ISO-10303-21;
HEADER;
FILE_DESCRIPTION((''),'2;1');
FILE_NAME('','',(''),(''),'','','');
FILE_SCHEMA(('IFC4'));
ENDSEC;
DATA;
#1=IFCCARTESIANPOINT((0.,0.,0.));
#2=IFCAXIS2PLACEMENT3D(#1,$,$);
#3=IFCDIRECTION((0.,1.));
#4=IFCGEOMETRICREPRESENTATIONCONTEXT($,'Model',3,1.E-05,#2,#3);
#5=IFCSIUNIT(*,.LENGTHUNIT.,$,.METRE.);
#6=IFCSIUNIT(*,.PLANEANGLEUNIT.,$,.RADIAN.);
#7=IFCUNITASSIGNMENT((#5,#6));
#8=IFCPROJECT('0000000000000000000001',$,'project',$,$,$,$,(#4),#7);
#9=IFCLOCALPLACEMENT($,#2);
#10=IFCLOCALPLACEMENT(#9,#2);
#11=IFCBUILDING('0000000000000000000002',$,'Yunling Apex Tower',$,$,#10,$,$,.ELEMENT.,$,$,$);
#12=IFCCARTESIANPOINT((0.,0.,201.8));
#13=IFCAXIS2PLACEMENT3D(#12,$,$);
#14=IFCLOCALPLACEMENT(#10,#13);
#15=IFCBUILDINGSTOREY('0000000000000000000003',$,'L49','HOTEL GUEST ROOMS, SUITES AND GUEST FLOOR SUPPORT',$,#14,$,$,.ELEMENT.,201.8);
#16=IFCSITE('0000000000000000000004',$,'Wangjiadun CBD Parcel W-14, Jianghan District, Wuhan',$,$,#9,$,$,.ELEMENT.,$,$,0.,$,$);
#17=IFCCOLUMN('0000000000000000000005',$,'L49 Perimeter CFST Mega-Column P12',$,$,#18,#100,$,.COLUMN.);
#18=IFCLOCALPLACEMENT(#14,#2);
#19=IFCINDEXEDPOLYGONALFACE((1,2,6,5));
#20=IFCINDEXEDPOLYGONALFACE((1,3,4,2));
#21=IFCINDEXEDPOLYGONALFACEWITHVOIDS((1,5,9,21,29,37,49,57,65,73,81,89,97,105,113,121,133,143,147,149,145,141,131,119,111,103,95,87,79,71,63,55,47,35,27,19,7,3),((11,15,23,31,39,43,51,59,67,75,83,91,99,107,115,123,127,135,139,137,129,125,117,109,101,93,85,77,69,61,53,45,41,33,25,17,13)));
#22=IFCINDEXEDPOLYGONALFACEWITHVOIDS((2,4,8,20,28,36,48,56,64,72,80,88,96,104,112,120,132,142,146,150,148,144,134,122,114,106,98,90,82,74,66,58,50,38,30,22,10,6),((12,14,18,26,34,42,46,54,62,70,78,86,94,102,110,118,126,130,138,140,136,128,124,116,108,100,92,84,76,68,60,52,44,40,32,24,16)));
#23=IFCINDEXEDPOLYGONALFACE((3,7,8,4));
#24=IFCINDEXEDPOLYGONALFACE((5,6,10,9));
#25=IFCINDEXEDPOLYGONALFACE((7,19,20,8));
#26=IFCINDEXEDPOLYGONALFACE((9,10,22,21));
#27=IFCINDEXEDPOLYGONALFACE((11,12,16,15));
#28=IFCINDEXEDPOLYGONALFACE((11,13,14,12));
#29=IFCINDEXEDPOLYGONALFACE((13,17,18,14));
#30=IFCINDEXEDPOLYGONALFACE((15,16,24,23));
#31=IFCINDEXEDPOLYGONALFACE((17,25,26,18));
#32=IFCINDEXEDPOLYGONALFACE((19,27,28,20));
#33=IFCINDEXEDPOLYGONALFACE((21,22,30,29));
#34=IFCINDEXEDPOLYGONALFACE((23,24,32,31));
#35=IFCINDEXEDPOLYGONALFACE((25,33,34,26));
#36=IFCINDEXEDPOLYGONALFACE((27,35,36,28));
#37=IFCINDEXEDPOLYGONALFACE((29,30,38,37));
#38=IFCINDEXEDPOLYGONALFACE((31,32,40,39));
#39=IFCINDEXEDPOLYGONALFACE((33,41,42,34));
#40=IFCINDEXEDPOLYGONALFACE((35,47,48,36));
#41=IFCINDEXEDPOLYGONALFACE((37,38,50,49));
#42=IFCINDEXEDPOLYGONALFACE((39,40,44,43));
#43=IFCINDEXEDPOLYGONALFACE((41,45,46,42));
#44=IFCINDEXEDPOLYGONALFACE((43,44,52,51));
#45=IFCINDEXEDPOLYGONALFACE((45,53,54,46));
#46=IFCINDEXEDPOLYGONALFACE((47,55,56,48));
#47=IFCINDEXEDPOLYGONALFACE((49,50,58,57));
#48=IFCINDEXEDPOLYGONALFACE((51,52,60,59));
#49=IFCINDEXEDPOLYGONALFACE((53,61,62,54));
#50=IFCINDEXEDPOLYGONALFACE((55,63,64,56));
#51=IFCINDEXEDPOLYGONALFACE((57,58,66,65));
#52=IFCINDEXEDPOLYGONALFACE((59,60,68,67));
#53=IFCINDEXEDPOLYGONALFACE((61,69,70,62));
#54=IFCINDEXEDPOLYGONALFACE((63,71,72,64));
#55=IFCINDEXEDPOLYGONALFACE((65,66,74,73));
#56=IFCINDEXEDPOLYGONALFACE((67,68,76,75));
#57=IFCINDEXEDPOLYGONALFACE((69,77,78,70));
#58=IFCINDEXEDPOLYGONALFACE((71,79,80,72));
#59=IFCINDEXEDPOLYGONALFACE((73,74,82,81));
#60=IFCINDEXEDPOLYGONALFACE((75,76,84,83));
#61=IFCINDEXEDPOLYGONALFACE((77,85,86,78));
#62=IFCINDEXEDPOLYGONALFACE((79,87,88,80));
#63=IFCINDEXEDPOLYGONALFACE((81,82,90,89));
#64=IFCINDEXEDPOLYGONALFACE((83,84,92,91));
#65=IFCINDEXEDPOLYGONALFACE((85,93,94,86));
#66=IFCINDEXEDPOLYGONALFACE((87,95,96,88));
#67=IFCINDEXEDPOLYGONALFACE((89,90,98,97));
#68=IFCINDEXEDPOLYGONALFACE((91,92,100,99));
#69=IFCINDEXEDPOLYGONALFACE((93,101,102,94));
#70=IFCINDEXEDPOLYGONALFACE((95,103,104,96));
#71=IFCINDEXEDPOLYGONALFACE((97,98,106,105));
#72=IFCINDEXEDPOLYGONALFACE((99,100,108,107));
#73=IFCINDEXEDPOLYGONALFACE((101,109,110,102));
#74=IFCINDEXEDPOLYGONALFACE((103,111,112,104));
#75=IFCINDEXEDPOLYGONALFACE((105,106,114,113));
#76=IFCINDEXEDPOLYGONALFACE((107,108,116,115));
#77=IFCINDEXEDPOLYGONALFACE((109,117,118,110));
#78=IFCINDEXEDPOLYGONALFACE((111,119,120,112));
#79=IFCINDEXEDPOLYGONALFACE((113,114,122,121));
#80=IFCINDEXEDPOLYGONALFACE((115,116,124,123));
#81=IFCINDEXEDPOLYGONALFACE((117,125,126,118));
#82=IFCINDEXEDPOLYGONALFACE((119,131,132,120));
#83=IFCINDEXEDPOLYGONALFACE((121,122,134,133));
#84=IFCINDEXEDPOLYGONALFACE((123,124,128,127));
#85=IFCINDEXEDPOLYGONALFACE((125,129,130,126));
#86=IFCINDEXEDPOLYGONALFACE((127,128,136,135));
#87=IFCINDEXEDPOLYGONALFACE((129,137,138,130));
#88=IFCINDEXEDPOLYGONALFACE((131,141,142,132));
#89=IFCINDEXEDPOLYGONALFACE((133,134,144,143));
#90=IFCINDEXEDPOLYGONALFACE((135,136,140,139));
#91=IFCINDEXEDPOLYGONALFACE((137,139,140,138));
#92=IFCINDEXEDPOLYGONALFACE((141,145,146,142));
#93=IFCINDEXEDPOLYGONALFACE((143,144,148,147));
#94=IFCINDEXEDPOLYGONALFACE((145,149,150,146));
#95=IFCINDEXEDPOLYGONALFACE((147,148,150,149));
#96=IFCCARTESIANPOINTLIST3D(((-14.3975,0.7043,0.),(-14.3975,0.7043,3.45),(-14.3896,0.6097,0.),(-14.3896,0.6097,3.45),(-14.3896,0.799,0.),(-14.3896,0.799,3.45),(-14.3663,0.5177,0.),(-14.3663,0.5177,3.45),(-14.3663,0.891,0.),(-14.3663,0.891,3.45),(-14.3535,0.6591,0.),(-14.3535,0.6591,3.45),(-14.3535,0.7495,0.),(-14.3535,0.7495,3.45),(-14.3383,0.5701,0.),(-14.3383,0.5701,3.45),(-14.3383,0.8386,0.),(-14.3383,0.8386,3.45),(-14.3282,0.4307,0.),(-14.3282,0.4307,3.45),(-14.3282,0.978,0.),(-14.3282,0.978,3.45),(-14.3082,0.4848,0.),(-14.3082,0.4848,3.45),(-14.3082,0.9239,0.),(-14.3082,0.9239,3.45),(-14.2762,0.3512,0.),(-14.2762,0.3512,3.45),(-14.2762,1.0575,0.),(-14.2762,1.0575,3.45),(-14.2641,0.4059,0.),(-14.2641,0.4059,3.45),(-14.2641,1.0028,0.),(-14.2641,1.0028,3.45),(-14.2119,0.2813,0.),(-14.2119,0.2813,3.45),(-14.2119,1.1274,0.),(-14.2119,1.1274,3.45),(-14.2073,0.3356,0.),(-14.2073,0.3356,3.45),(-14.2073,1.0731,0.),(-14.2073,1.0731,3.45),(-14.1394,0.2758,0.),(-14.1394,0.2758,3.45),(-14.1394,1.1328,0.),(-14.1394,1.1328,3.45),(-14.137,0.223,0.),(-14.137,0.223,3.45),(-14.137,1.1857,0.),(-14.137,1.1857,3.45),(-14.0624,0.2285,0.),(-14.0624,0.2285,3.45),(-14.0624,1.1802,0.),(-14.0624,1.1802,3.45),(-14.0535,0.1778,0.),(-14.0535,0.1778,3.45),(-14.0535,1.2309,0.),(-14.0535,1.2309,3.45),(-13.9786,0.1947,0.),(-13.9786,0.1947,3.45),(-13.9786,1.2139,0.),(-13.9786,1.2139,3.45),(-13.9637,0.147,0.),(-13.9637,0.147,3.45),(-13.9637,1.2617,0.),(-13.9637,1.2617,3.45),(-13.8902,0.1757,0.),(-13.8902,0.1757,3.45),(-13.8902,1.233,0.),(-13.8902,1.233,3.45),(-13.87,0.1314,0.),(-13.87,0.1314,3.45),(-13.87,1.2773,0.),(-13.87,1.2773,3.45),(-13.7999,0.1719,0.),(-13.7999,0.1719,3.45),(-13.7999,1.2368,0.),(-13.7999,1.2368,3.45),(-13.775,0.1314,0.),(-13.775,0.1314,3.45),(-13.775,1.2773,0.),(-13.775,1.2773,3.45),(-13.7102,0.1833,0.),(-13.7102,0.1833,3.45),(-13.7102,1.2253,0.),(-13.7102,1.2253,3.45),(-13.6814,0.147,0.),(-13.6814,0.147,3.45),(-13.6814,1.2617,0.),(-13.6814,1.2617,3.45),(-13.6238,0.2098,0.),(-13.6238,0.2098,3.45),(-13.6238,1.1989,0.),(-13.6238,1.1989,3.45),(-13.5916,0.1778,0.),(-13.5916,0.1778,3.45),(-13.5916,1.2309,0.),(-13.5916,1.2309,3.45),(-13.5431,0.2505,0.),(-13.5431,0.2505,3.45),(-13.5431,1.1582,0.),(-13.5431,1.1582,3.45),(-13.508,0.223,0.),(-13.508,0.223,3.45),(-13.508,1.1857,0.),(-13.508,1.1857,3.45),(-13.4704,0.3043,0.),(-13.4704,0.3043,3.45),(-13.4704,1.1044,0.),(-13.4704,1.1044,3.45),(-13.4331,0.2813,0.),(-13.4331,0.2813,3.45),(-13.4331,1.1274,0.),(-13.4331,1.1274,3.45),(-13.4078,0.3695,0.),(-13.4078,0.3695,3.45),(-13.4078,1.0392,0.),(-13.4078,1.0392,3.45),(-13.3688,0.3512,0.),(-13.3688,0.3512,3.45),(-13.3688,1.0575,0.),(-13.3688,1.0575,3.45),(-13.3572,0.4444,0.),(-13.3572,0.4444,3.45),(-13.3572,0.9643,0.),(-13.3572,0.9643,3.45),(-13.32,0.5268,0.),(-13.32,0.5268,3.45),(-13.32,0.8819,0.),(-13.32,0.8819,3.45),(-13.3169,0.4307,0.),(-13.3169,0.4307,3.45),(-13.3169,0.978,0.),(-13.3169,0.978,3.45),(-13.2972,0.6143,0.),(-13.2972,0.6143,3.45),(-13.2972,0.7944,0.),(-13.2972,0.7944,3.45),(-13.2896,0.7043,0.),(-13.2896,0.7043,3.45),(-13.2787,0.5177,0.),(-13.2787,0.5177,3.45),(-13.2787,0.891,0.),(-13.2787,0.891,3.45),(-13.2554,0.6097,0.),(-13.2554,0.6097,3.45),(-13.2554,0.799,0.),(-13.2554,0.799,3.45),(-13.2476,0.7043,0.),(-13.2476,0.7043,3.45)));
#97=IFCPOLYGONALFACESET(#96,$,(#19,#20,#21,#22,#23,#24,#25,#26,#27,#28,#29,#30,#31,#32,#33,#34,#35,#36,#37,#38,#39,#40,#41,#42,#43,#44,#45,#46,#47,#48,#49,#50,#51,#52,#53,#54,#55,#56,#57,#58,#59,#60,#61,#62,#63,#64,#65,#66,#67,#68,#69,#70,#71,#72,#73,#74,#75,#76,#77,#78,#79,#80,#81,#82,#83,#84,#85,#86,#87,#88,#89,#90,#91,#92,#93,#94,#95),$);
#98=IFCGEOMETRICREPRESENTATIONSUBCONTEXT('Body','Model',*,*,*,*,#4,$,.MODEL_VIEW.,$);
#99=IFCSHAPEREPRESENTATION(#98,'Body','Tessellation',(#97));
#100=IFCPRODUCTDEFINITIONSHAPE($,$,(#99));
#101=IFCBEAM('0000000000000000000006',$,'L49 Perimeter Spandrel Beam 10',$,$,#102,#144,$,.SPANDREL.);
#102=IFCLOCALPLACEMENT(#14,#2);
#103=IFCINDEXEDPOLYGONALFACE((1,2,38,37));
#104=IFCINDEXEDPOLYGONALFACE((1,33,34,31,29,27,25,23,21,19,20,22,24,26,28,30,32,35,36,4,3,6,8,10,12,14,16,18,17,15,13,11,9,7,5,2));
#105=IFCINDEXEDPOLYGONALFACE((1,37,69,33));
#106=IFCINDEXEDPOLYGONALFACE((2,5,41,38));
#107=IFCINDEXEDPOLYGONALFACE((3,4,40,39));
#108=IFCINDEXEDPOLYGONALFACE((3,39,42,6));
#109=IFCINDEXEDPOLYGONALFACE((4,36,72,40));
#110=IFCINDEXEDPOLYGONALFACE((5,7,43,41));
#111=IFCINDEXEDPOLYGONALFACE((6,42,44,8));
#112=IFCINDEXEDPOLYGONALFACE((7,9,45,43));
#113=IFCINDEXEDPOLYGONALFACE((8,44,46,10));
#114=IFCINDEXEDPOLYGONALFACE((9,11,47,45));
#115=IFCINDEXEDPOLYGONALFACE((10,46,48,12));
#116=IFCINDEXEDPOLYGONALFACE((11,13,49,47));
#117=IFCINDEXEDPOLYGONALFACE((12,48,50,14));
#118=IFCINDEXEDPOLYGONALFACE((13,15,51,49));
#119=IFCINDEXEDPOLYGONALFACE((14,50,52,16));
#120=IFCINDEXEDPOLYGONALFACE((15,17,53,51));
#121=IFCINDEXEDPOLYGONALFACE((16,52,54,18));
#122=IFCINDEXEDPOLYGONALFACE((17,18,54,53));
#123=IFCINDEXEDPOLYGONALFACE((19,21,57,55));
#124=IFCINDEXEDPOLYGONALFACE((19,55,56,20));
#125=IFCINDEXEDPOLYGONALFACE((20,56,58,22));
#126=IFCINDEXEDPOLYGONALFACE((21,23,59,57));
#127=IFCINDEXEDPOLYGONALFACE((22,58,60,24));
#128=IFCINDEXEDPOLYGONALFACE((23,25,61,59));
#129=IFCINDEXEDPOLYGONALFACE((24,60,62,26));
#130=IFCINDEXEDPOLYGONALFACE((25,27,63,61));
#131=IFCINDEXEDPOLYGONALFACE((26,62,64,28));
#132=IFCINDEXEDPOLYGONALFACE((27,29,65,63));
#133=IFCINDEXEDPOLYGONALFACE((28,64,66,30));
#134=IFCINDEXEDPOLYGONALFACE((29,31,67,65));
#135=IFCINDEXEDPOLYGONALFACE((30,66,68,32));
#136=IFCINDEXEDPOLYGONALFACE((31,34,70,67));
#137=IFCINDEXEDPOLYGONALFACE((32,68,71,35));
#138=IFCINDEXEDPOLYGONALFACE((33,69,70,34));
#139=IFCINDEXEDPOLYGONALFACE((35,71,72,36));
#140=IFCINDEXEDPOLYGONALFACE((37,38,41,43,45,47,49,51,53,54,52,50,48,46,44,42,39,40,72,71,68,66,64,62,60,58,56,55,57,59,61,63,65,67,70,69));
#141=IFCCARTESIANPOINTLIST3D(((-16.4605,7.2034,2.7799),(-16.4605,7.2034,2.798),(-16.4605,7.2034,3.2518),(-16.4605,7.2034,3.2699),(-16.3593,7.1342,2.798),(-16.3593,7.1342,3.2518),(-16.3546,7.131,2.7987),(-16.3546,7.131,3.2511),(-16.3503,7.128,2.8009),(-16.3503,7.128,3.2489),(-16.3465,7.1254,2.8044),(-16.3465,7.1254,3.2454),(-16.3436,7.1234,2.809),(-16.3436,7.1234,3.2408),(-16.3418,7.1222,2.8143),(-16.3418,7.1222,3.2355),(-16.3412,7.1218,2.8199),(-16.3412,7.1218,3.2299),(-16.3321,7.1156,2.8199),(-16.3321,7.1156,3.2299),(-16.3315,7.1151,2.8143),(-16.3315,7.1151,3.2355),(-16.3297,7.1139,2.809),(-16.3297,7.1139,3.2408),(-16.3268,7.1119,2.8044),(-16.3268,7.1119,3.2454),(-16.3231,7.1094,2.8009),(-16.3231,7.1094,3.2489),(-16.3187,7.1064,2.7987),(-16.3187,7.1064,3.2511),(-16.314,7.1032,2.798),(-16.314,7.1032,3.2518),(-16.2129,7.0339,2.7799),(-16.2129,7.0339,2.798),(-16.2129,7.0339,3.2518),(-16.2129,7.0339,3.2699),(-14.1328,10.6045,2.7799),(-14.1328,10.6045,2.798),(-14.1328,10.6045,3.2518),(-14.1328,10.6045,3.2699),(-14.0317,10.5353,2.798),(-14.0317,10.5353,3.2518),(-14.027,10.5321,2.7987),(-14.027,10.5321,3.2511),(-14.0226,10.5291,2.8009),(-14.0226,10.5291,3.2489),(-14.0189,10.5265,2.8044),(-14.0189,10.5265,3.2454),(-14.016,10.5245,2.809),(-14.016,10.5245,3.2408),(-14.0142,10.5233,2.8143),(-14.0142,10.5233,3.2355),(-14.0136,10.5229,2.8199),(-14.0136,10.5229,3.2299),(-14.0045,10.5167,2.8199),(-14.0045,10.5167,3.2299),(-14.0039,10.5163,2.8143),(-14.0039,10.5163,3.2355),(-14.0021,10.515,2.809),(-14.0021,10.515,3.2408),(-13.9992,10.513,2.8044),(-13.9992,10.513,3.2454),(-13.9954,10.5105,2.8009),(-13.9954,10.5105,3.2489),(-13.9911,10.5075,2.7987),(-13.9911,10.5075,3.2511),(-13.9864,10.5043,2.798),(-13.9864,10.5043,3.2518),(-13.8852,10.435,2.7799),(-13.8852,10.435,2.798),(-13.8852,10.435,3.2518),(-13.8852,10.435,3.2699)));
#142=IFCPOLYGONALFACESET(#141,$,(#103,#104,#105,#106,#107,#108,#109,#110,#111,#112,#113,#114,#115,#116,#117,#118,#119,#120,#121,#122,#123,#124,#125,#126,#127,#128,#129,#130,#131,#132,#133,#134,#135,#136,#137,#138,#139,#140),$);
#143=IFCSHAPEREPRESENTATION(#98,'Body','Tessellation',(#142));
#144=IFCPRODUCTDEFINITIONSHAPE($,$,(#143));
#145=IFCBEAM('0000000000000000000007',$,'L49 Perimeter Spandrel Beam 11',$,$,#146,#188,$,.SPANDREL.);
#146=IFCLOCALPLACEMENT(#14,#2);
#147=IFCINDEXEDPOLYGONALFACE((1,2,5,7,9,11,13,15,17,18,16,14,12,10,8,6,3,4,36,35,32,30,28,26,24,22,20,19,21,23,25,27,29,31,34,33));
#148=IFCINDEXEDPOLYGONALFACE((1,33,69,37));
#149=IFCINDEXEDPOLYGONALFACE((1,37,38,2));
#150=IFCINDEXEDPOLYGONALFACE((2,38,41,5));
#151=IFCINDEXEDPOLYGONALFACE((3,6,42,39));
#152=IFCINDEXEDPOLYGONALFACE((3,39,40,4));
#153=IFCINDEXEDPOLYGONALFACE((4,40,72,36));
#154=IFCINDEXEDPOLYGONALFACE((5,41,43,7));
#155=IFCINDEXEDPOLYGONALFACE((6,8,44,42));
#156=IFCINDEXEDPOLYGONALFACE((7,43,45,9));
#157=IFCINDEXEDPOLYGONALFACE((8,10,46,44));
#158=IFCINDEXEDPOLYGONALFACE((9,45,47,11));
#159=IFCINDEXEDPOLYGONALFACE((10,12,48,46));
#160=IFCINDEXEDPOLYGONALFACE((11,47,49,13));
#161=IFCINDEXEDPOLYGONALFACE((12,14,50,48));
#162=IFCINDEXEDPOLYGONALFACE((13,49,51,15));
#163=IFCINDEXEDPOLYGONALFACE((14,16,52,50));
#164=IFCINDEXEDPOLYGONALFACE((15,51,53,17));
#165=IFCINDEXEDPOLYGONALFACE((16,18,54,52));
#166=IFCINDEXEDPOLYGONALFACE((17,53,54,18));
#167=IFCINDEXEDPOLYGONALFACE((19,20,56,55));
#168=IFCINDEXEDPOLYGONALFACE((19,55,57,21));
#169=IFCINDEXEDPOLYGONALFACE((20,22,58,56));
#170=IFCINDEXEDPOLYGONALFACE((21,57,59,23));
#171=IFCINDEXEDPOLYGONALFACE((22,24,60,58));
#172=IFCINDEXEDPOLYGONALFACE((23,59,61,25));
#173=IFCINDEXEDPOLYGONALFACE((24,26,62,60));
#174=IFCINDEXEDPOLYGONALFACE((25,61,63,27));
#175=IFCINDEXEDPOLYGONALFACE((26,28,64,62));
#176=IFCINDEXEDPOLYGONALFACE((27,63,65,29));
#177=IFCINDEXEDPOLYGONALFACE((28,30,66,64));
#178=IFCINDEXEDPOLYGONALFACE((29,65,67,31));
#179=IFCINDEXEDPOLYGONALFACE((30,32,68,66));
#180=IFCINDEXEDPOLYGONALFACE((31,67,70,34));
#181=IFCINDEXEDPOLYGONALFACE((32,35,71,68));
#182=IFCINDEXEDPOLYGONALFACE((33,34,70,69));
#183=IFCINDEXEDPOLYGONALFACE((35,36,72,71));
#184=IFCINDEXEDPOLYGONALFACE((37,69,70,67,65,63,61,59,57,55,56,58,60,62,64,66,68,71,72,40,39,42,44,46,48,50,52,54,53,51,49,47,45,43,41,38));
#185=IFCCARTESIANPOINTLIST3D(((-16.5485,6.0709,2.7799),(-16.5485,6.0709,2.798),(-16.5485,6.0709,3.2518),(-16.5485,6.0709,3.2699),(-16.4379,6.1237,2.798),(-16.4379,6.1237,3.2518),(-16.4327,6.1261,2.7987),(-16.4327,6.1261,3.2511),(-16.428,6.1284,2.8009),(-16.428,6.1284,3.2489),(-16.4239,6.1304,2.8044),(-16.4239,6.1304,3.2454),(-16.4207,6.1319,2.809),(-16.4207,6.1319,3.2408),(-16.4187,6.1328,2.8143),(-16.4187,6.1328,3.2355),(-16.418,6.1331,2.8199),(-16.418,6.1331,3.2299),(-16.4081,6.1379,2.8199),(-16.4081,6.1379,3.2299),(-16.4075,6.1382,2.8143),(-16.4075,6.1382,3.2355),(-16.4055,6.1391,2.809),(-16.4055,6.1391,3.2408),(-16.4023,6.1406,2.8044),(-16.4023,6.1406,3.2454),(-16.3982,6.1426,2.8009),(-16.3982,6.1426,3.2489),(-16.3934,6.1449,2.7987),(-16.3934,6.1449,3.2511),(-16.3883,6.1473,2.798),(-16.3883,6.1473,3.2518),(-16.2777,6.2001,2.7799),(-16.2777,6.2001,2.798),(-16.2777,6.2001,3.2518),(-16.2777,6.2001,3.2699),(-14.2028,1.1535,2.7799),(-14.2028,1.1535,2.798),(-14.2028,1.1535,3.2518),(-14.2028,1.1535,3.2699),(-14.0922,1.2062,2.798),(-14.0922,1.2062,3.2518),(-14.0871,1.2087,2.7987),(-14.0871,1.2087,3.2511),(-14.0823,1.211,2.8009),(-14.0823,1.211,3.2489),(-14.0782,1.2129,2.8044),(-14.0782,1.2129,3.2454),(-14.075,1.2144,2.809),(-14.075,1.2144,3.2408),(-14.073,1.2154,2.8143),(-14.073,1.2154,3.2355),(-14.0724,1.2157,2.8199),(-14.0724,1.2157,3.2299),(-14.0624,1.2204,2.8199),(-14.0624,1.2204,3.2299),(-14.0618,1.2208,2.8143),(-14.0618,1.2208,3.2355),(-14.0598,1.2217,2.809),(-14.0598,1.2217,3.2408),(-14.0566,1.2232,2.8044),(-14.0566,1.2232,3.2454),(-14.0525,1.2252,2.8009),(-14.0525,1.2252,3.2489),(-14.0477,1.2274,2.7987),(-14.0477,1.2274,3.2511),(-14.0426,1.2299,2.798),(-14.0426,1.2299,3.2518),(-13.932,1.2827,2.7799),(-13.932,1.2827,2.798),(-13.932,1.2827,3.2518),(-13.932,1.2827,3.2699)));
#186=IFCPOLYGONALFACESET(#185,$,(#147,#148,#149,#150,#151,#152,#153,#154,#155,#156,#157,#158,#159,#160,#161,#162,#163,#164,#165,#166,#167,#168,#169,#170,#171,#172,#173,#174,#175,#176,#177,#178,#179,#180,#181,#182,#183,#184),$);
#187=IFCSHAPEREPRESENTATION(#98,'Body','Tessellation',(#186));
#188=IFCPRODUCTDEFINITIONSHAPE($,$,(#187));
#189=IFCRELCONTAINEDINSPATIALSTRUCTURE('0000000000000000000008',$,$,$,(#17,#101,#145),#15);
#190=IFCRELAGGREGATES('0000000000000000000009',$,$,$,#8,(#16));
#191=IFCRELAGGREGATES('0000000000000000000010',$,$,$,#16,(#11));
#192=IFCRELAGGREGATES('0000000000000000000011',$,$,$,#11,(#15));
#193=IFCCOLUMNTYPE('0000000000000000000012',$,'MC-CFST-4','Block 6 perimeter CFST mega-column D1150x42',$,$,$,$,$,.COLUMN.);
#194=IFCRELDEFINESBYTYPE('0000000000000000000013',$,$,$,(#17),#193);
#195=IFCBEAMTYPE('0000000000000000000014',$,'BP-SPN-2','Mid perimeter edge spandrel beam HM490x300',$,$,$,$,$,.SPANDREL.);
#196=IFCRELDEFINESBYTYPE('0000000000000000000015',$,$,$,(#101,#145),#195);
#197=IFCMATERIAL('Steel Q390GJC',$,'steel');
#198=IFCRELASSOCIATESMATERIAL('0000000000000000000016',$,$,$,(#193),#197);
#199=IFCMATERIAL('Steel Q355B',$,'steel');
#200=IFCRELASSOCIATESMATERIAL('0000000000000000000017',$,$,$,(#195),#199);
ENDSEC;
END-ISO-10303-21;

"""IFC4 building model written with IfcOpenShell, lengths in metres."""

from ifc_helpers import new_model, si_unit, direction, frame, origin, origin_2d, place, context, subcontext, project, spatial, hollow_circle, i_section, extrude, source, transform, mapped, material, material_profile, profile_set, type_object, element, save


model = new_model("IFC4")

# Units and contexts
model_context = context("Model", 3, precision=1e-05, world=origin(), true_north=direction((0.0, 1.0)))
body_context = subcontext(model_context, "Body", "Model", "MODEL_VIEW")
ifc_project = project(units=[si_unit("LENGTHUNIT", "METRE"), si_unit("PLANEANGLEUNIT", "RADIAN")], contexts=[model_context])

# Site, building, storey
site_placement = place(None, origin())
site = spatial("IfcSite", under=ifc_project, at=site_placement, Name="Wangjiadun CBD Parcel W-14, Jianghan District, Wuhan", CompositionType="ELEMENT", RefElevation=0.0)
building_placement = place(site_placement, origin())
building = spatial("IfcBuilding", under=site, at=building_placement, Name="Yunling Apex Tower", CompositionType="ELEMENT")
storey_placement = place(building_placement, frame((0.0, 0.0, 201.8)))
storey = spatial("IfcBuildingStorey", under=building, at=storey_placement, Name="L49", Description="HOTEL GUEST ROOMS, SUITES AND GUEST FLOOR SUPPORT", CompositionType="ELEMENT", Elevation=201.8)

# Column
ifc_material_1 = material(Name="Steel Q390GJC", Category="steel")
ifc_material_profile_1 = material_profile(ifc_material_1, hollow_circle(Radius=0.575, WallThickness=0.042, at=origin_2d()))
ifc_profile_set_1 = profile_set([ifc_material_profile_1], Name="Steel Q390GJC")
column_type = type_object("IfcColumnType", Name="MC-CFST-4", Description="Block 6 perimeter CFST mega-column D1150x42", PredefinedType="COLUMN", material=ifc_profile_set_1)
shared_shape_1 = source(origin(), body_context, "Body", "SweptSolid", [
    extrude(hollow_circle(Radius=0.575, WallThickness=0.042, at=origin_2d()), origin(), (0.0, 0.0, 1.0), 3.45),
])
for number, where, z_axis, x_axis, name in (
    (1, (-13.8225, 0.7043, 0.0), (0.0, 0.0, 1.0), (1.0, 0.0, 0.0), "L49 Perimeter CFST Mega-Column P12"),
):
    element("IfcColumn", number, at=place(storey_placement, frame(where, z_axis=z_axis, x_axis=x_axis)), inside=storey, type_object=column_type, Name=name, PredefinedType="COLUMN", context=body_context, shape_type="MappedRepresentation", body=[
        mapped(shared_shape_1, transform((0.0, 0.0, 0.0), scale=1.0)),
    ])

# Beams
ifc_material_2 = material(Name="Steel Q355B", Category="steel")
ifc_material_profile_2 = material_profile(ifc_material_2, i_section(OverallWidth=0.3, OverallDepth=0.49, WebThickness=0.011, FlangeThickness=0.0181, FilletRadius=0.022, at=origin_2d()))
ifc_profile_set_2 = profile_set([ifc_material_profile_2], Name="Steel Q355B")
beam_type_1 = type_object("IfcBeamType", Name="BP-SPN-2", Description="Mid perimeter edge spandrel beam HM490x300", PredefinedType="SPANDREL", material=ifc_profile_set_2)
shared_shape_2 = source(origin(), body_context, "Body", "SweptSolid", [
    extrude(i_section(OverallWidth=0.3, OverallDepth=0.49, WebThickness=0.011, FlangeThickness=0.0181, FilletRadius=0.022, at=origin_2d()), origin(), (0.0, 0.0, 1.0), 4.1213),
])
beam_1_placement = place(storey_placement, frame((-14.009, 10.5198, 3.0249), z_axis=(-0.564775, -0.825245, 0.0), x_axis=(0.825245, -0.564775, 0.0)))
element("IfcBeam", 2, at=beam_1_placement, inside=storey, type_object=beam_type_1, Name="L49 Perimeter Spandrel Beam 10", PredefinedType="SPANDREL", context=body_context, shape_type="MappedRepresentation", body=[
    mapped(shared_shape_2, transform((0.0, 0.0, 0.0), scale=1.0)),
])
shared_shape_3 = source(origin(), body_context, "Body", "SweptSolid", [
    extrude(i_section(OverallWidth=0.3, OverallDepth=0.49, WebThickness=0.011, FlangeThickness=0.0181, FilletRadius=0.022, at=origin_2d()), origin(), (0.0, 0.0, 1.0), 5.4482),
])
beam_2_placement = place(storey_placement, frame((-16.4131, 6.1355, 3.0249), z_axis=(0.430539, -0.902572, 0.0), x_axis=(0.902572, 0.430539, 0.0)))
element("IfcBeam", 3, at=beam_2_placement, inside=storey, type_object=beam_type_1, Name="L49 Perimeter Spandrel Beam 11", PredefinedType="SPANDREL", context=body_context, shape_type="MappedRepresentation", body=[
    mapped(shared_shape_3, transform((0.0, 0.0, 0.0), scale=1.0)),
])

save(model, "model.ifc")
